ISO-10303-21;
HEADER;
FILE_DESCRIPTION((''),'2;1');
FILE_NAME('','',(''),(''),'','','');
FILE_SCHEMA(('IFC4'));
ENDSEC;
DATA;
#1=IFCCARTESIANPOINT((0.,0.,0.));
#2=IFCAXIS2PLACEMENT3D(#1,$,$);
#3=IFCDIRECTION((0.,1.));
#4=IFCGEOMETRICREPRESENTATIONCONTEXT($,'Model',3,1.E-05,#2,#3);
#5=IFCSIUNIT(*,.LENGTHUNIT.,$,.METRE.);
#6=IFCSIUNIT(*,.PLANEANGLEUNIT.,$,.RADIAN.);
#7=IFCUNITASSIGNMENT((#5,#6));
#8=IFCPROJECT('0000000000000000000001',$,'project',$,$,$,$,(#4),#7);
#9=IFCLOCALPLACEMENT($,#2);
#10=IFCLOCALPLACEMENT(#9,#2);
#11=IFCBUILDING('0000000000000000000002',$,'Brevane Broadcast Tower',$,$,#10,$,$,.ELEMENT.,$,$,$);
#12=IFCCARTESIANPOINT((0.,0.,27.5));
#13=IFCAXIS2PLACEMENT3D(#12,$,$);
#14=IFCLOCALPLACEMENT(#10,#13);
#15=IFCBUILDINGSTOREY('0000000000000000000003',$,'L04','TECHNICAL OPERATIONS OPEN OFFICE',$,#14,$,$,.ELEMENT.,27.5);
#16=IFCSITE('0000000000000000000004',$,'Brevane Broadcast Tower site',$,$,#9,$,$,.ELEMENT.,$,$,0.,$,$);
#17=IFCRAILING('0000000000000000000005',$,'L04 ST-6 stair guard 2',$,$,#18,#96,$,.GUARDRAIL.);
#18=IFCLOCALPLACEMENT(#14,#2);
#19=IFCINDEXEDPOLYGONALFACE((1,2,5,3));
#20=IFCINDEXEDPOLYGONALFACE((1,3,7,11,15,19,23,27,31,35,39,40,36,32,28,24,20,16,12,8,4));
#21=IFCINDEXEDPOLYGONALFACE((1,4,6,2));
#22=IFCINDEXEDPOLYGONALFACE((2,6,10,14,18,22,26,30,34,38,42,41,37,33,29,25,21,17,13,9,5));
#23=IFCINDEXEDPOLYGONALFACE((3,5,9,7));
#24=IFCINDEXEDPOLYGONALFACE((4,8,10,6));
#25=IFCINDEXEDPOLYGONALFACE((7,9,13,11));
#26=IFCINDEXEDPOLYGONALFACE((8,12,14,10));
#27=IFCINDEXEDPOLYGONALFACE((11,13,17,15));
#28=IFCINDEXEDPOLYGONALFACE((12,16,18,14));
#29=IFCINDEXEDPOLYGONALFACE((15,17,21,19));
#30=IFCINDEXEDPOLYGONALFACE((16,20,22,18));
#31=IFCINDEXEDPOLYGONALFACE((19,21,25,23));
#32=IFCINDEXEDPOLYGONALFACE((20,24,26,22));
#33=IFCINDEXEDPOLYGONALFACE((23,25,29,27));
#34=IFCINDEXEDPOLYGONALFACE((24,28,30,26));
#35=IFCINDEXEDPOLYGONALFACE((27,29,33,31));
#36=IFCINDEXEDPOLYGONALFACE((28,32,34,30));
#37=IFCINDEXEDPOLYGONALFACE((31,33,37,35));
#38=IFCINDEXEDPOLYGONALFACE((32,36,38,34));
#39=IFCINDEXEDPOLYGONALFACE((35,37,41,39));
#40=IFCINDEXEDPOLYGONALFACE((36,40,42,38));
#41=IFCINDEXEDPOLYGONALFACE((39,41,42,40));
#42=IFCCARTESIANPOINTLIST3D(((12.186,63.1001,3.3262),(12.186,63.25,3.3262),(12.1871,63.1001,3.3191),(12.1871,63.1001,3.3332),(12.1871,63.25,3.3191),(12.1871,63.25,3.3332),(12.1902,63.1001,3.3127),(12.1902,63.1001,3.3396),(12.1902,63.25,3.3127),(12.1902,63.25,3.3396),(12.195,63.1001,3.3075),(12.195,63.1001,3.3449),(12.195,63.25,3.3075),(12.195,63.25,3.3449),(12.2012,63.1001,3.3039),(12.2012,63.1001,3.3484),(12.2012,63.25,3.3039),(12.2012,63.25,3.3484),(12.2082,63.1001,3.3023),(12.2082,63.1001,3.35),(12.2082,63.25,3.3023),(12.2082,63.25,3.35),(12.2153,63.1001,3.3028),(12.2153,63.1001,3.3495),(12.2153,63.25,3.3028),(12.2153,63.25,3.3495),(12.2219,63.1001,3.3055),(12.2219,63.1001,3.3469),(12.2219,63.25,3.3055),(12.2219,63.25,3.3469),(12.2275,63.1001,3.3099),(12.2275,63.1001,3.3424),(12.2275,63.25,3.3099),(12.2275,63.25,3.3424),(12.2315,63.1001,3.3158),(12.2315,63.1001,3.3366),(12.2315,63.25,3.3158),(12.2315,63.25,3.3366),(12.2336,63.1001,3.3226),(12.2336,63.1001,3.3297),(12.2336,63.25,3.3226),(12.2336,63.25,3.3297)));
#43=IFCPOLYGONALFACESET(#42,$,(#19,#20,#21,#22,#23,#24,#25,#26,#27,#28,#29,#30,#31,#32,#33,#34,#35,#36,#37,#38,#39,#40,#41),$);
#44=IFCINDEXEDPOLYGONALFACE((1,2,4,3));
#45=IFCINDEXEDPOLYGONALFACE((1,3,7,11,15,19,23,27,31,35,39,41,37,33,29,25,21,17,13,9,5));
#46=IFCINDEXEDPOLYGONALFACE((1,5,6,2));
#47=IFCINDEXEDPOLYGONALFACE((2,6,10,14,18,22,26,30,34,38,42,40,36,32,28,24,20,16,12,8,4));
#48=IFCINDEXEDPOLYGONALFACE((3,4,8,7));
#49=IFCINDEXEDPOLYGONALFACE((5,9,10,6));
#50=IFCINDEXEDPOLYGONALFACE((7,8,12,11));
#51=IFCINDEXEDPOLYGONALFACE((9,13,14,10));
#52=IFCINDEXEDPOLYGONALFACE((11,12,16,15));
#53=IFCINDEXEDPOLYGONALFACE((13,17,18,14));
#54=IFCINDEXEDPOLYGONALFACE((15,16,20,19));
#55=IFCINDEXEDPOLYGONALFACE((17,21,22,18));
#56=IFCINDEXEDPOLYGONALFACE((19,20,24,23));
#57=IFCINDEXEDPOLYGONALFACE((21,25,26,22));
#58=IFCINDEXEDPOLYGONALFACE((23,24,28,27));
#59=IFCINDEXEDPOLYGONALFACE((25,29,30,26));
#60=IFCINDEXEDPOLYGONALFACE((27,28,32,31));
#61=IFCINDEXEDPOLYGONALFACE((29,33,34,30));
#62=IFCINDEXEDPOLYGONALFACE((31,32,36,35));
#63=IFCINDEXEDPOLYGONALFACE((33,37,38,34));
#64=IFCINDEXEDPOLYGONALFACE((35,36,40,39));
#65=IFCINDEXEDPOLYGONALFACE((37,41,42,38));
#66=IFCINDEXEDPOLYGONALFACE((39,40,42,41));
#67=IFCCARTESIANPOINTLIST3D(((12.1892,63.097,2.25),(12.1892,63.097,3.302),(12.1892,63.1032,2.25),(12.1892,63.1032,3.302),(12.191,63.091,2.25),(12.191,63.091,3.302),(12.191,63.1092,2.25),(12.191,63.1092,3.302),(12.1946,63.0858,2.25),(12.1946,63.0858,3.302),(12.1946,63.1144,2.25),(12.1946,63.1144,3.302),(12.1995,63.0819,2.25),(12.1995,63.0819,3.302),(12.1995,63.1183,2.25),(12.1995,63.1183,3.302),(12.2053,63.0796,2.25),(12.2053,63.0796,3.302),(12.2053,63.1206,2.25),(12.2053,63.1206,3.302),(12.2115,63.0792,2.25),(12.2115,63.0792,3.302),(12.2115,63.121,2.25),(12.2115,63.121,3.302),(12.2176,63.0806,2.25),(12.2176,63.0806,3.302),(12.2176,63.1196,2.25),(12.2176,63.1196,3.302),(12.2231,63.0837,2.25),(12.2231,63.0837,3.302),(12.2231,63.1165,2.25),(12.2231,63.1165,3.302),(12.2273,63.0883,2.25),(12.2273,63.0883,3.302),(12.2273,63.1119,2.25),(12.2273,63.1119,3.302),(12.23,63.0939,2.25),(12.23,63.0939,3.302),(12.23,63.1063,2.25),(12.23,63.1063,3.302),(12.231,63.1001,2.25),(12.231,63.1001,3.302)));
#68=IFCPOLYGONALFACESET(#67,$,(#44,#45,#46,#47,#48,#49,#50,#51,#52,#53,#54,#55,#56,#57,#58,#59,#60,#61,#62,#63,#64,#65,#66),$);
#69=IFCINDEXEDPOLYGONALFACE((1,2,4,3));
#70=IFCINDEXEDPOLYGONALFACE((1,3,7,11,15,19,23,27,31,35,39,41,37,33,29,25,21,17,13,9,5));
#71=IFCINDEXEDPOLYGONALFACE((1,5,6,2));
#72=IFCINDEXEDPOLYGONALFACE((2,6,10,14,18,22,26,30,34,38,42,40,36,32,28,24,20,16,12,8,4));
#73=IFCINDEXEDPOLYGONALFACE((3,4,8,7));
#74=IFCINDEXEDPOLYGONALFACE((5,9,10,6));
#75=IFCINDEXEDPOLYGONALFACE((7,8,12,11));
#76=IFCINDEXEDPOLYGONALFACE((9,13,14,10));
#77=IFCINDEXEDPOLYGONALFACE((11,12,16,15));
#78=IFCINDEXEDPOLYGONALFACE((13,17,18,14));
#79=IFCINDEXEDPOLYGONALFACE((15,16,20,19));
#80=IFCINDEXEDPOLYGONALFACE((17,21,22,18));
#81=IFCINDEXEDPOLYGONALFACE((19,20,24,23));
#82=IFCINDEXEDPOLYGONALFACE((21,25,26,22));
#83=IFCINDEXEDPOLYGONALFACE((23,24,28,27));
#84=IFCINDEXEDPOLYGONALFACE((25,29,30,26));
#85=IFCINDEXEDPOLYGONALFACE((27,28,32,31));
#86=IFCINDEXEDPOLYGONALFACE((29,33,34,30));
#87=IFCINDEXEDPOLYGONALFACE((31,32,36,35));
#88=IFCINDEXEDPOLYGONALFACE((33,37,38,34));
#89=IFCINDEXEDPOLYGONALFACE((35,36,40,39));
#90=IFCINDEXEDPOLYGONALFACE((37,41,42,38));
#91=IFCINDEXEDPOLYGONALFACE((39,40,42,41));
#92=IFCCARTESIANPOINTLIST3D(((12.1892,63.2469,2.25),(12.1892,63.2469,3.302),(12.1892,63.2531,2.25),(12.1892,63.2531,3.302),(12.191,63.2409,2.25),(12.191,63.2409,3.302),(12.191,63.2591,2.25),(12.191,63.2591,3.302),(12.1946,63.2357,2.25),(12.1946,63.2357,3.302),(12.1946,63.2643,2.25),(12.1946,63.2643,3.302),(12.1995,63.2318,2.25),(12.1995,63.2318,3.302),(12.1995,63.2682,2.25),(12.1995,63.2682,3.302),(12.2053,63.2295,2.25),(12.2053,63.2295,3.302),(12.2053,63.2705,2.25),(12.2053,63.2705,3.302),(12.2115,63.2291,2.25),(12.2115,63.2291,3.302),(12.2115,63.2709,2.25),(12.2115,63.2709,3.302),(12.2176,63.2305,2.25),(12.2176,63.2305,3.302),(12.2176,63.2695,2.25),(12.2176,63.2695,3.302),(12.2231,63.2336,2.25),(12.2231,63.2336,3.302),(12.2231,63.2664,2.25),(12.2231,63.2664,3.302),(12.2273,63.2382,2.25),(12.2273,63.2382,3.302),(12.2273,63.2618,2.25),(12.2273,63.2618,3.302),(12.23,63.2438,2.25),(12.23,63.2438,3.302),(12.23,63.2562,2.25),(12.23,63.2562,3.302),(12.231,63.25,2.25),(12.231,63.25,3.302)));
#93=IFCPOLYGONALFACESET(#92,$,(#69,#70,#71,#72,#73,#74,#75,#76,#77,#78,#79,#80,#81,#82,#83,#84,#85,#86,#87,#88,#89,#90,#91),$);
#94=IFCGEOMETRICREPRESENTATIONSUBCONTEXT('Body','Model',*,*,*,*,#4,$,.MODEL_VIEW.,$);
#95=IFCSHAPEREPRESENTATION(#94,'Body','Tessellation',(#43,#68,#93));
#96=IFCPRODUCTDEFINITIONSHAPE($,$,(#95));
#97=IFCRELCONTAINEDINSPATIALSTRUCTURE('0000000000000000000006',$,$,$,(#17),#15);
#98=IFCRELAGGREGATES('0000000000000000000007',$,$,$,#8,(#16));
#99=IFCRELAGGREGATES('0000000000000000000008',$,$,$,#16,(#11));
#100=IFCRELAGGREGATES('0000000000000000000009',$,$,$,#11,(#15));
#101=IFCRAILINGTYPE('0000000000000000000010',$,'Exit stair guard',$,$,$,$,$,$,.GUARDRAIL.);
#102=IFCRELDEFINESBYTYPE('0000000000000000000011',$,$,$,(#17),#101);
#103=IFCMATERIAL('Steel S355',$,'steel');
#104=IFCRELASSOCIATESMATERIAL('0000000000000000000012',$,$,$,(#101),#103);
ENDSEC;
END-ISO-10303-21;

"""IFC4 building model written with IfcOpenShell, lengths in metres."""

from ifc_helpers import new_model, si_unit, direction, frame, origin, origin_2d, place, context, subcontext, project, spatial, circle, extrude, material, type_object, element, save


model = new_model("IFC4")

# Units and contexts
model_context = context("Model", 3, precision=1e-05, world=origin(), true_north=direction((0.0, 1.0)))
body_context = subcontext(model_context, "Body", "Model", "MODEL_VIEW")
ifc_project = project(units=[si_unit("LENGTHUNIT", "METRE"), si_unit("PLANEANGLEUNIT", "RADIAN")], contexts=[model_context])

# Site, building, storey
site_placement = place(None, origin())
site = spatial("IfcSite", under=ifc_project, at=site_placement, Name="Brevane Broadcast Tower site", CompositionType="ELEMENT", RefElevation=0.0)
building_placement = place(site_placement, origin())
building = spatial("IfcBuilding", under=site, at=building_placement, Name="Brevane Broadcast Tower", CompositionType="ELEMENT")
storey_placement = place(building_placement, frame((0.0, 0.0, 27.5)))
storey = spatial("IfcBuildingStorey", under=building, at=storey_placement, Name="L04", Description="TECHNICAL OPERATIONS OPEN OFFICE", CompositionType="ELEMENT", Elevation=27.5)

# Railing
ifc_material_1 = material(Name="Steel S355", Category="steel")
railing_type_1 = type_object("IfcRailingType", Name="Exit stair guard", PredefinedType="GUARDRAIL", material=ifc_material_1)
railing_1_placement = place(storey_placement, frame((12.21, 63.1001, 2.25)))
element("IfcRailing", 1, at=railing_1_placement, inside=storey, type_object=railing_type_1, Name="L04 ST-6 stair guard 2", PredefinedType="GUARDRAIL", context=body_context, shape_type="SweptSolid", body=[
    extrude(circle(Radius=0.0239, at=origin_2d()), frame((0.0, 0.0, 1.0762), z_axis=(0.0, 1.0, 0.0), x_axis=(-1.0, 0.0, 0.0)), (0.0, 0.0, 1.0), 0.1499),
    extrude(circle(Radius=0.021, at=origin_2d()), origin(), (0.0, 0.0, 1.0), 1.052),
    extrude(circle(Radius=0.021, at=origin_2d()), frame((0.0, 0.1499, 0.0)), (0.0, 0.0, 1.0), 1.052),
])

save(model, "model.ifc")
